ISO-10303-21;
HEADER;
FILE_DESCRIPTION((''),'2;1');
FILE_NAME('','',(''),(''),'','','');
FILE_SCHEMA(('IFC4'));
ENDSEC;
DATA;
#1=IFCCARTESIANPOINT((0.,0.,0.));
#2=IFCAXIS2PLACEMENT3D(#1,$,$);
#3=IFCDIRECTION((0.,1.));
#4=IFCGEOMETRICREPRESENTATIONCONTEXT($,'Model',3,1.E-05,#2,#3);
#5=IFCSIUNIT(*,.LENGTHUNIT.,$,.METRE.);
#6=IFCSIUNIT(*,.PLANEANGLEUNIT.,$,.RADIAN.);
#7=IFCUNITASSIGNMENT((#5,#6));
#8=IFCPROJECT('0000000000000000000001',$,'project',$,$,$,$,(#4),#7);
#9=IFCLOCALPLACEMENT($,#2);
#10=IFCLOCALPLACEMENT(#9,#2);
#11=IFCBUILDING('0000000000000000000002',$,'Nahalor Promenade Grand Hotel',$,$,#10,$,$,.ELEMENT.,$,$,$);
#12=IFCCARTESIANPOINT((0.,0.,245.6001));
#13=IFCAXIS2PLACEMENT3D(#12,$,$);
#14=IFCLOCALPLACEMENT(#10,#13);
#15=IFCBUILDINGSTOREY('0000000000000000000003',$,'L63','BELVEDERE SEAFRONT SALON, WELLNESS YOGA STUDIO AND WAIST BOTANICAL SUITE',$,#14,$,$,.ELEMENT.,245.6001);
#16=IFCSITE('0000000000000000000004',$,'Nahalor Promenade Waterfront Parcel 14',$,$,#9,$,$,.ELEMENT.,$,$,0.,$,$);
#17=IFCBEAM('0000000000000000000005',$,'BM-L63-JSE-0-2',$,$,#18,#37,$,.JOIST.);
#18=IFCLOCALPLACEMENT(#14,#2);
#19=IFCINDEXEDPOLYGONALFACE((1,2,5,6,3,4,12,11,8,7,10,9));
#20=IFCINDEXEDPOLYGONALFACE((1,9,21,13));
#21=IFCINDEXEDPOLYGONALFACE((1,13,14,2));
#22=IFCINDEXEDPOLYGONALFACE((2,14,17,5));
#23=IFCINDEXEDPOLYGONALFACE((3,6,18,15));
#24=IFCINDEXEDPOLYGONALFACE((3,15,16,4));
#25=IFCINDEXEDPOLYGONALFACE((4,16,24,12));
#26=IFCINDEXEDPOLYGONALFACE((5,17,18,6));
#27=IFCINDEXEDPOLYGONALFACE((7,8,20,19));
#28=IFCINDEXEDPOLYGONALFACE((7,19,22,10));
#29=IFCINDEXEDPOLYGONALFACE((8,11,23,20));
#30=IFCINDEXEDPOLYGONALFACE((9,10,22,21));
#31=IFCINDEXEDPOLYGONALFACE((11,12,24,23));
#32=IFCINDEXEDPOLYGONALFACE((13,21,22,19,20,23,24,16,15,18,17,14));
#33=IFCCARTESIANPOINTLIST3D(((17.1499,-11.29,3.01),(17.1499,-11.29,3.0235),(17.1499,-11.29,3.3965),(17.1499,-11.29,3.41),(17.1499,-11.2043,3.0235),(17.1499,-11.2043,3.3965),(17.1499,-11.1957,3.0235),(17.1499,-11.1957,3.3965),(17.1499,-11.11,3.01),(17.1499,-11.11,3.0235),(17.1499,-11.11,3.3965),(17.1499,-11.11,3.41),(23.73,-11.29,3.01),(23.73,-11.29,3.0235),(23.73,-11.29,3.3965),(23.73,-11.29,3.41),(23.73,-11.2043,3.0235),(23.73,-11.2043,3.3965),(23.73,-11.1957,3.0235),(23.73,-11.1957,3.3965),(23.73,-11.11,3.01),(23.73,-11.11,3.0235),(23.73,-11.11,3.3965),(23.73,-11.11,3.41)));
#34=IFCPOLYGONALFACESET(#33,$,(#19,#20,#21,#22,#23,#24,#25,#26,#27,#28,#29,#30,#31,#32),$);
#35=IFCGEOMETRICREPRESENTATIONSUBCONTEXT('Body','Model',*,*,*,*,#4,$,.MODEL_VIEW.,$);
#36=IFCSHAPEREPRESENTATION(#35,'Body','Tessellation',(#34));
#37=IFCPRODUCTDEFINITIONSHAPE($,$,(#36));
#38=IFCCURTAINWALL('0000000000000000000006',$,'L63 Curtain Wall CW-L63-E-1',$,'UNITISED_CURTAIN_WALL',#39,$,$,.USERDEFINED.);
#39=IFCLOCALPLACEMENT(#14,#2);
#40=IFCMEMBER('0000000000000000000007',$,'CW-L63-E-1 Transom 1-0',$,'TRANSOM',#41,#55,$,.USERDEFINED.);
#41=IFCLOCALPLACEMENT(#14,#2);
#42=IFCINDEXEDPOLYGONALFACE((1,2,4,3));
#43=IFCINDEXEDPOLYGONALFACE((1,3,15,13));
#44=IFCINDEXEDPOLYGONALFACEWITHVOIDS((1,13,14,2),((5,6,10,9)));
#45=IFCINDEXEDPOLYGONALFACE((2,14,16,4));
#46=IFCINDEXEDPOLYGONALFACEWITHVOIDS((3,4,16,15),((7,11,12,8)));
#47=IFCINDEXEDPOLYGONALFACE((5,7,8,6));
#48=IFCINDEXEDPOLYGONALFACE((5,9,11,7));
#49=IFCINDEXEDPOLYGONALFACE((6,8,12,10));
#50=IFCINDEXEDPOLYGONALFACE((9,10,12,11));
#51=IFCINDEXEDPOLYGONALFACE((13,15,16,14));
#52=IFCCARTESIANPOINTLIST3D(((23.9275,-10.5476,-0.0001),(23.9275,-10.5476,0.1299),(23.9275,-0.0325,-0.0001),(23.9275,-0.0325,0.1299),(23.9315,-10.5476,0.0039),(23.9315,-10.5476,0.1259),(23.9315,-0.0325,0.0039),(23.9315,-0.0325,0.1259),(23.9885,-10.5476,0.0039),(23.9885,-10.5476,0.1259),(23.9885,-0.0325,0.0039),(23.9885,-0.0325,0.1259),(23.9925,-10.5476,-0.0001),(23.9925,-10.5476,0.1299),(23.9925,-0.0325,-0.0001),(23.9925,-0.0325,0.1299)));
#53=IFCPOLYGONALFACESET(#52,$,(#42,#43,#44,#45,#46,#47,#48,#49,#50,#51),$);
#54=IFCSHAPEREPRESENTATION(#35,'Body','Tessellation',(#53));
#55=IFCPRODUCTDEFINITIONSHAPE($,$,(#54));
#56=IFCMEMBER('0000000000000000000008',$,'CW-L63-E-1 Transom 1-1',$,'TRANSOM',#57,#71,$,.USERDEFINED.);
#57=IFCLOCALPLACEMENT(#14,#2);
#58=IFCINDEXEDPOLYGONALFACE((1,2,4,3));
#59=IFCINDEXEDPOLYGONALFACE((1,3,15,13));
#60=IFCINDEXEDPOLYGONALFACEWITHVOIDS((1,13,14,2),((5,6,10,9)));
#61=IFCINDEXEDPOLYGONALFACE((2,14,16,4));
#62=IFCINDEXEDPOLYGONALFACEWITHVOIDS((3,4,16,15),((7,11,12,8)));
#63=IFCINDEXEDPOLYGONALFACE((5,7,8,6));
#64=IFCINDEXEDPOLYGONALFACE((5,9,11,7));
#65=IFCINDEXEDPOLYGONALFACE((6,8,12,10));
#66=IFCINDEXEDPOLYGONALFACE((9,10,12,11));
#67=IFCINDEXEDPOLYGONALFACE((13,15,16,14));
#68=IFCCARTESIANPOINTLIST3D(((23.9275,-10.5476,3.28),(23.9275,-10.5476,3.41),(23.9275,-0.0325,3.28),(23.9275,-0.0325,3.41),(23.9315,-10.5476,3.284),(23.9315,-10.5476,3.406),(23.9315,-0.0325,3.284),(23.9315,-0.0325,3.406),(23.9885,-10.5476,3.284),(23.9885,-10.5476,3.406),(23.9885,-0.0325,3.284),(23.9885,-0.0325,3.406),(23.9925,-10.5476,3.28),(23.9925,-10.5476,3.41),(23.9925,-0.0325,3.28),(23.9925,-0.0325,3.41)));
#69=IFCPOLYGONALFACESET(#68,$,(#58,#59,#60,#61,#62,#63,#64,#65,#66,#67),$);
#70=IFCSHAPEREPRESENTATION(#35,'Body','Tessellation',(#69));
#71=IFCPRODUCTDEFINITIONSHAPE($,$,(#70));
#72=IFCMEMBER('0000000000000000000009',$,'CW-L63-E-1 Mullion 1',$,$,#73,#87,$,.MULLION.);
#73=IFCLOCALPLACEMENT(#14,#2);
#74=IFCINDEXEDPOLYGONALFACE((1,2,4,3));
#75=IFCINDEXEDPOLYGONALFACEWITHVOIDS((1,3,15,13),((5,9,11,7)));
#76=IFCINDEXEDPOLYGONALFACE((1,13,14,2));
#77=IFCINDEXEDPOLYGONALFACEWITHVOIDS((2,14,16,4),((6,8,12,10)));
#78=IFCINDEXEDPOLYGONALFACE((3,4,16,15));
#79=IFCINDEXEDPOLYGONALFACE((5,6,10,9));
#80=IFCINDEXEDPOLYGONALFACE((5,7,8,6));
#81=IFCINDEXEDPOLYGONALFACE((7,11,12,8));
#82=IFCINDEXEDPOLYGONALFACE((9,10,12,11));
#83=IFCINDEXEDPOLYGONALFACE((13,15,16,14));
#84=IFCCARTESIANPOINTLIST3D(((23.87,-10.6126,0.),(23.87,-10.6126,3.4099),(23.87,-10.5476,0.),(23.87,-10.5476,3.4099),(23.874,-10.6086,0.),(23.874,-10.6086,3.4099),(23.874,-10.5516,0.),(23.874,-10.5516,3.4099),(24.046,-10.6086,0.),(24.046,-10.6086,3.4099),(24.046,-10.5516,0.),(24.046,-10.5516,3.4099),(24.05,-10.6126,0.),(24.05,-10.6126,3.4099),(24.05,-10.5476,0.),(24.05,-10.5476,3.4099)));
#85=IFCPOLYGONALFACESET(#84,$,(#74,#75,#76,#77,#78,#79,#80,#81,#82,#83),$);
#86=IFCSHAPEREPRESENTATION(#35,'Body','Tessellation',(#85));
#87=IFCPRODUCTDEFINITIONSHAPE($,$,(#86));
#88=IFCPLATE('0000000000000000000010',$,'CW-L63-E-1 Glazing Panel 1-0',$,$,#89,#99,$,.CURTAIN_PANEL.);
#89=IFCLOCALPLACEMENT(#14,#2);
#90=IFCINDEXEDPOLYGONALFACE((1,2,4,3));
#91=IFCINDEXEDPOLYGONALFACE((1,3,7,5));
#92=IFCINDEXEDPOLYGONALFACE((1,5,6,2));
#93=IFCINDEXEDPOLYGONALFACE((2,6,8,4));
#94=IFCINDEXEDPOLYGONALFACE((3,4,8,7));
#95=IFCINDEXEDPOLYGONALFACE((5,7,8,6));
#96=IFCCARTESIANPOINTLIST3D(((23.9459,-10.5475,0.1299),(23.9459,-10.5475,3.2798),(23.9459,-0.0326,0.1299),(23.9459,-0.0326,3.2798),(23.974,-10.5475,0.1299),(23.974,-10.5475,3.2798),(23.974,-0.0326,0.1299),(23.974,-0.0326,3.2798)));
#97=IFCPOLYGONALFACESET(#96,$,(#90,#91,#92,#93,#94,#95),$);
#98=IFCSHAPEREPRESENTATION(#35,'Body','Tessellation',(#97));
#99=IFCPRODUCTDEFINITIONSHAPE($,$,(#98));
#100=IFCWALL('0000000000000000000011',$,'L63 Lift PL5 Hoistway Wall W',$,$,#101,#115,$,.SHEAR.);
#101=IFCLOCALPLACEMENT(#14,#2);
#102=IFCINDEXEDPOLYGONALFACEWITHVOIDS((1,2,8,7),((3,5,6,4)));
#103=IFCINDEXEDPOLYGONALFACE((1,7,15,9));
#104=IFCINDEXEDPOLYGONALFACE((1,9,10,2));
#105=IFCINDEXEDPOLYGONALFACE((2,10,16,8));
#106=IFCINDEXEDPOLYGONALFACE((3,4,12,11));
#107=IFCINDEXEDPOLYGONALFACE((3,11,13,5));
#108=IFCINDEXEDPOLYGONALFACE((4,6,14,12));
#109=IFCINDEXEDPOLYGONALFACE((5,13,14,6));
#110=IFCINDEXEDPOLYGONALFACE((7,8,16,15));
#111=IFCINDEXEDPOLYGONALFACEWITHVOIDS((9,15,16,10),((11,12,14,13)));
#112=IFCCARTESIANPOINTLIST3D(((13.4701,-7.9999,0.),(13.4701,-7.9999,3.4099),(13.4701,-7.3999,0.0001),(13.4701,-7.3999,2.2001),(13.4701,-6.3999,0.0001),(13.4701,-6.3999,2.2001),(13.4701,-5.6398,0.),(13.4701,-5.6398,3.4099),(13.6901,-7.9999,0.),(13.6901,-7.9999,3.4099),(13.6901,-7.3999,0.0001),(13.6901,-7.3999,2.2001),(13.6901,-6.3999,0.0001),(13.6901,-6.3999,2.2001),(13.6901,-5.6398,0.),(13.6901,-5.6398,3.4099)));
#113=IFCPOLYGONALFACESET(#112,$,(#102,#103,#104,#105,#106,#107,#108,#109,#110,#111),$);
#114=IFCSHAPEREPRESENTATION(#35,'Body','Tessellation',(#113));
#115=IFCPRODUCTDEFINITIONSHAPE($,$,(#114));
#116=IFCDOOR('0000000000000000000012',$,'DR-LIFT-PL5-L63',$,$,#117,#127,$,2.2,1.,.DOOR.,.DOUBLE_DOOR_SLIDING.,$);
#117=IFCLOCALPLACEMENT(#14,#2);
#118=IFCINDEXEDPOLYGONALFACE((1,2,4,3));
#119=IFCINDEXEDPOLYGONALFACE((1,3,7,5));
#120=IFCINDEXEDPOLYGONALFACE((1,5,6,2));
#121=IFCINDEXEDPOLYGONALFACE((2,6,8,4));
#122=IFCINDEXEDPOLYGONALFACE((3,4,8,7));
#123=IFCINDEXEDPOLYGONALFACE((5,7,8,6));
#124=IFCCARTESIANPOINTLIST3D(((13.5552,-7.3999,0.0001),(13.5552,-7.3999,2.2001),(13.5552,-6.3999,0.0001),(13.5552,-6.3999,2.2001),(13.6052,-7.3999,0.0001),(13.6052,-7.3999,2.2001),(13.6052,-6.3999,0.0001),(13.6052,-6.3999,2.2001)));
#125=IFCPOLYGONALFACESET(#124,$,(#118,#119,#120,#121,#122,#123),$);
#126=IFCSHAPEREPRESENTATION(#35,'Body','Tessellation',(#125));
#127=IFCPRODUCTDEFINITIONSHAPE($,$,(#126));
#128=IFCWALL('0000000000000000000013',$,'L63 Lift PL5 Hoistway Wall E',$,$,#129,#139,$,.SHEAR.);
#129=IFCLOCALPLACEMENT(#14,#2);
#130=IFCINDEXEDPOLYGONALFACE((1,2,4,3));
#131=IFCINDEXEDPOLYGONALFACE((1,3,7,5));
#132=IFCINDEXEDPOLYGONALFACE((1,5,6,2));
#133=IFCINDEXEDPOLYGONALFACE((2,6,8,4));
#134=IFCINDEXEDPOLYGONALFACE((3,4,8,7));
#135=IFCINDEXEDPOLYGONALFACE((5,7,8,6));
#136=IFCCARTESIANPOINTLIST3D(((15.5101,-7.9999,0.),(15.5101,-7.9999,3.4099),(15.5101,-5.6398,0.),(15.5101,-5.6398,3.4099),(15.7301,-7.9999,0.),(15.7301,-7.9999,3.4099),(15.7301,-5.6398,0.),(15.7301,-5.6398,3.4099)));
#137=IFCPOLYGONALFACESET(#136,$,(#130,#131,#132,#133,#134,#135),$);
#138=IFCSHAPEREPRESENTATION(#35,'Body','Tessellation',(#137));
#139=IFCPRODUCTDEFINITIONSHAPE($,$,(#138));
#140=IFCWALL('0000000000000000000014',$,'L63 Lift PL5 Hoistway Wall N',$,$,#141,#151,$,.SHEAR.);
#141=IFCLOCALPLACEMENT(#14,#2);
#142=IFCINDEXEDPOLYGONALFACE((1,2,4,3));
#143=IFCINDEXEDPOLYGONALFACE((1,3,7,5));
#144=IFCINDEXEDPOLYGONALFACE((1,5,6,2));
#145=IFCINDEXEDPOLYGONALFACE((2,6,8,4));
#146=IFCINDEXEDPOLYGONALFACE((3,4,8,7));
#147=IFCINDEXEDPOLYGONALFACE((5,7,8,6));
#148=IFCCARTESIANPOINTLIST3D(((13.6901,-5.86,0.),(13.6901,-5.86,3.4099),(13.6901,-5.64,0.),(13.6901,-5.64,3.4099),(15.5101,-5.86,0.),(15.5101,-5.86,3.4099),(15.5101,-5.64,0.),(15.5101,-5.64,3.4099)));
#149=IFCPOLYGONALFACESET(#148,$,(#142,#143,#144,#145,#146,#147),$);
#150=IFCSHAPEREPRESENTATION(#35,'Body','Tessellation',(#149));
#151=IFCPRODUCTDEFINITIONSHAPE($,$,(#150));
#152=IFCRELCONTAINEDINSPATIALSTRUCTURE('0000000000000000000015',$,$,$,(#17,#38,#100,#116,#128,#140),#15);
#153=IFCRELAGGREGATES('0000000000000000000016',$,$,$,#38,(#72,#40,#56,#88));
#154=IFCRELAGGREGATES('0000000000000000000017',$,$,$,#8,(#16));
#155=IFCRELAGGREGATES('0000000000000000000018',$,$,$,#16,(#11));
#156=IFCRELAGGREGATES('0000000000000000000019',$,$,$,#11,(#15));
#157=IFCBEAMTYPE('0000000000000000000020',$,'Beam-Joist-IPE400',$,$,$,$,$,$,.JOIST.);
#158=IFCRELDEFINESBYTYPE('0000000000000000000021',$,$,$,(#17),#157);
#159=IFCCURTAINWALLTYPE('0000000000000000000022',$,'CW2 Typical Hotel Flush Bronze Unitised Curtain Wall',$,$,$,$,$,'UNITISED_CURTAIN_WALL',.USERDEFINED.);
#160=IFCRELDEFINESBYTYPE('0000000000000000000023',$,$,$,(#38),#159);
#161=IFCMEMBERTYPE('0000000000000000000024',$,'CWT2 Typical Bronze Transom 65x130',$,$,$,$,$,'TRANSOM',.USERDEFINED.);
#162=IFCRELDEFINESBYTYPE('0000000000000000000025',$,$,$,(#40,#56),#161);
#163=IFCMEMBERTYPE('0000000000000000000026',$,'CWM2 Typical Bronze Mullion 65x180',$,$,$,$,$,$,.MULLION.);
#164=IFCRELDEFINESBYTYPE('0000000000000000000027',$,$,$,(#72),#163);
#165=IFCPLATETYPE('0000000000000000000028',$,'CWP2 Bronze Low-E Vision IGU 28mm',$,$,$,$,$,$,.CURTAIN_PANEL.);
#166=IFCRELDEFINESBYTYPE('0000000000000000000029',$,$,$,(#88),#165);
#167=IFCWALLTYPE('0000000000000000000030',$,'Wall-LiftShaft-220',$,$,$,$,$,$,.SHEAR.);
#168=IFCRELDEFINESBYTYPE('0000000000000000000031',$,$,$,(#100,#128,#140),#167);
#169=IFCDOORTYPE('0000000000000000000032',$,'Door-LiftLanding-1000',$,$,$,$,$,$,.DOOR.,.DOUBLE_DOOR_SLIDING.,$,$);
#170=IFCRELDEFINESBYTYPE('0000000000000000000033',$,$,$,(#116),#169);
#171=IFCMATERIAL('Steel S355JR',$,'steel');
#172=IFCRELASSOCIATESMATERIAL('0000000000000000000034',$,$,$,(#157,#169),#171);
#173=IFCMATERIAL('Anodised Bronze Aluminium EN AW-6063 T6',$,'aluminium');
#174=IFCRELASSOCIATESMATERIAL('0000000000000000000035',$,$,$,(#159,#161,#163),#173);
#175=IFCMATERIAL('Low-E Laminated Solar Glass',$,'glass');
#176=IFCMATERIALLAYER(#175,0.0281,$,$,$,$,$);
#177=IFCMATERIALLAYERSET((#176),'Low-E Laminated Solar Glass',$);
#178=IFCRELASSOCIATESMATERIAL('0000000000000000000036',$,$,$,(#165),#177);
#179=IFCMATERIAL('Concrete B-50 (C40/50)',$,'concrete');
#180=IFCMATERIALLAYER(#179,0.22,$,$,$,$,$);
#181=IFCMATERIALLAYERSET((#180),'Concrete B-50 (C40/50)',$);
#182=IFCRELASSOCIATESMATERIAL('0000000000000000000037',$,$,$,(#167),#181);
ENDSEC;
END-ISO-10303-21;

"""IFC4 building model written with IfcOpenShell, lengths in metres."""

from ifc_helpers import new_model, si_unit, direction, frame, frame_2d, origin, origin_2d, place, context, subcontext, project, spatial, rectangle, hollow_rectangle, i_section, extrude, source, transform, mapped, material, layer, layer_set, material_profile, profile_set, type_object, element, fill, aggregate, save


model = new_model("IFC4")

# Units and contexts
model_context = context("Model", 3, precision=1e-05, world=origin(), true_north=direction((0.0, 1.0)))
body_context = subcontext(model_context, "Body", "Model", "MODEL_VIEW")
ifc_project = project(units=[si_unit("LENGTHUNIT", "METRE"), si_unit("PLANEANGLEUNIT", "RADIAN")], contexts=[model_context])

# Site, building, storey
site_placement = place(None, origin())
site = spatial("IfcSite", under=ifc_project, at=site_placement, Name="Nahalor Promenade Waterfront Parcel 14", CompositionType="ELEMENT", RefElevation=0.0)
building_placement = place(site_placement, origin())
building = spatial("IfcBuilding", under=site, at=building_placement, Name="Nahalor Promenade Grand Hotel", CompositionType="ELEMENT")
storey_placement = place(building_placement, frame((0.0, 0.0, 245.6001)))
storey = spatial("IfcBuildingStorey", under=building, at=storey_placement, Name="L63", Description="BELVEDERE SEAFRONT SALON, WELLNESS YOGA STUDIO AND WAIST BOTANICAL SUITE", CompositionType="ELEMENT", Elevation=245.6001)

# Shared definitions
ifc_material_1 = material(Name="Steel S355JR", Category="steel")

# Beam
ifc_material_profile_1 = material_profile(ifc_material_1, i_section(OverallWidth=0.18, OverallDepth=0.4, WebThickness=0.0086, FlangeThickness=0.0135, at=origin_2d()), Name="IPE 400")
ifc_profile_set_1 = profile_set([ifc_material_profile_1], Name="Steel S355JR")
beam_type_1 = type_object("IfcBeamType", Name="Beam-Joist-IPE400", PredefinedType="JOIST", material=ifc_profile_set_1)
shared_shape_1 = source(origin(), body_context, "Body", "SweptSolid", [
    extrude(i_section(OverallWidth=0.18, OverallDepth=0.4, WebThickness=0.0086, FlangeThickness=0.0135, at=origin_2d()), origin(), (0.0, 0.0, 1.0), 6.5801),
])
beam_1_placement = place(storey_placement, frame((17.1499, -11.2, 3.21), z_axis=(1.0, 0.0, 0.0), x_axis=(0.0, 1.0, 0.0)))
element("IfcBeam", 1, at=beam_1_placement, inside=storey, type_object=beam_type_1, Name="BM-L63-JSE-0-2", PredefinedType="JOIST", context=body_context, shape_type="MappedRepresentation", body=[
    mapped(shared_shape_1, transform((0.0, 0.0, 0.0), scale=1.0)),
])

# Curtain wall, members, plate
ifc_material_2 = material(Name="Anodised Bronze Aluminium EN AW-6063 T6", Category="aluminium")
curtain_wall_type = type_object("IfcCurtainWallType", Name="CW2 Typical Hotel Flush Bronze Unitised Curtain Wall", ElementType="UNITISED_CURTAIN_WALL", PredefinedType="USERDEFINED", material=ifc_material_2)
curtain_wall_placement = place(storey_placement, origin())
curtain_wall = element("IfcCurtainWall", 2, at=curtain_wall_placement, inside=storey, type_object=curtain_wall_type, Name="L63 Curtain Wall CW-L63-E-1", ObjectType="UNITISED_CURTAIN_WALL", PredefinedType="USERDEFINED")
ifc_material_profile_2 = material_profile(ifc_material_2, hollow_rectangle(XDim=0.065, YDim=0.13, WallThickness=0.004, at=origin_2d()), Name="CWT 65x130x4")
ifc_profile_set_2 = profile_set([ifc_material_profile_2], Name="Anodised Bronze Aluminium EN AW-6063 T6")
member_type_1 = type_object("IfcMemberType", Name="CWT2 Typical Bronze Transom 65x130", ElementType="TRANSOM", PredefinedType="USERDEFINED", material=ifc_profile_set_2)
shared_shape_2 = source(origin(), body_context, "Body", "SweptSolid", [
    extrude(hollow_rectangle(XDim=0.065, YDim=0.13, WallThickness=0.004, at=origin_2d()), origin(), (0.0, 0.0, 1.0), 10.5151),
])
member_1_placement = place(storey_placement, frame((23.96, -10.5476, 0.0649), z_axis=(0.0, 1.0, 0.0), x_axis=(-1.0, 0.0, 0.0)))
member_1 = element("IfcMember", 3, at=member_1_placement, type_object=member_type_1, Name="CW-L63-E-1 Transom 1-0", ObjectType="TRANSOM", PredefinedType="USERDEFINED", context=body_context, shape_type="MappedRepresentation", body=[
    mapped(shared_shape_2, transform((0.0, 0.0, 0.0), scale=1.0)),
])
member_2_placement = place(storey_placement, frame((23.96, -10.5476, 3.345), z_axis=(0.0, 1.0, 0.0), x_axis=(-1.0, 0.0, 0.0)))
member_2 = element("IfcMember", 4, at=member_2_placement, type_object=member_type_1, Name="CW-L63-E-1 Transom 1-1", ObjectType="TRANSOM", PredefinedType="USERDEFINED", context=body_context, shape_type="MappedRepresentation", body=[
    mapped(shared_shape_2, transform((0.0, 0.0, 0.0), scale=1.0)),
])
ifc_material_profile_3 = material_profile(ifc_material_2, hollow_rectangle(XDim=0.065, YDim=0.18, WallThickness=0.004, at=origin_2d()), Name="CWM 65x180x4")
ifc_profile_set_3 = profile_set([ifc_material_profile_3], Name="Anodised Bronze Aluminium EN AW-6063 T6")
member_type_2 = type_object("IfcMemberType", Name="CWM2 Typical Bronze Mullion 65x180", PredefinedType="MULLION", material=ifc_profile_set_3)
shared_shape_3 = source(origin(), body_context, "Body", "SweptSolid", [
    extrude(hollow_rectangle(XDim=0.065, YDim=0.18, WallThickness=0.004, at=origin_2d()), origin(), (0.0, 0.0, 1.0), 3.4099),
])
member_3_placement = place(storey_placement, frame((23.96, -10.5801, 0.0), z_axis=(0.0, 0.0, 1.0), x_axis=(0.0, 1.0, 0.0)))
member_3 = element("IfcMember", 5, at=member_3_placement, type_object=member_type_2, Name="CW-L63-E-1 Mullion 1", PredefinedType="MULLION", context=body_context, shape_type="MappedRepresentation", body=[
    mapped(shared_shape_3, transform((0.0, 0.0, 0.0), scale=1.0)),
])
ifc_material_3 = material(Name="Low-E Laminated Solar Glass", Category="glass")
ifc_layer_1 = layer(ifc_material_3, 0.0281)
ifc_layer_set_1 = layer_set([ifc_layer_1], Name="Low-E Laminated Solar Glass")
plate_type = type_object("IfcPlateType", Name="CWP2 Bronze Low-E Vision IGU 28mm", PredefinedType="CURTAIN_PANEL", material=ifc_layer_set_1)
shared_shape_4 = source(origin(), body_context, "Body", "SweptSolid", [
    extrude(rectangle(XDim=10.5149, YDim=0.0281, at=origin_2d()), origin(), (0.0, 0.0, 1.0), 3.1499),
])
plate_placement = place(storey_placement, frame((23.96, -5.29, 0.1299), z_axis=(0.0, 0.0, 1.0), x_axis=(0.0, 1.0, 0.0)))
plate = element("IfcPlate", 6, at=plate_placement, type_object=plate_type, Name="CW-L63-E-1 Glazing Panel 1-0", PredefinedType="CURTAIN_PANEL", context=body_context, shape_type="MappedRepresentation", body=[
    mapped(shared_shape_4, transform((0.0, 0.0, 0.0), scale=1.0)),
])
aggregate(curtain_wall, [member_3, member_1, member_2, plate])

# Wall, opening, door
ifc_material_4 = material(Name="Concrete B-50 (C40/50)", Category="concrete")
ifc_layer_2 = layer(ifc_material_4, 0.22)
ifc_layer_set_2 = layer_set([ifc_layer_2], Name="Concrete B-50 (C40/50)")
wall_type_1 = type_object("IfcWallType", Name="Wall-LiftShaft-220", PredefinedType="SHEAR", material=ifc_layer_set_2)
shared_shape_5 = source(origin(), body_context, "Body", "SweptSolid", [
    extrude(rectangle(XDim=2.3601, YDim=0.22, at=frame_2d((1.1802, 0.0))), origin(), (0.0, 0.0, 1.0), 3.4099),
])
wall_1_placement = place(storey_placement, frame((13.5801, -8.0, 0.0), z_axis=(0.0, 0.0, 1.0), x_axis=(0.0, 1.0, 0.0)))
wall_1 = element("IfcWall", 7, at=wall_1_placement, inside=storey, type_object=wall_type_1, Name="L63 Lift PL5 Hoistway Wall W", PredefinedType="SHEAR", context=body_context, shape_type="MappedRepresentation", body=[
    mapped(shared_shape_5, transform((0.0, 0.0, 0.0), scale=1.0)),
])
opening_1_placement = place(wall_1_placement, frame((0.6001, 0.0, 0.0)))
opening_1 = element("IfcOpeningElement", 8, at=opening_1_placement, cuts=wall_1, PredefinedType="OPENING", context=body_context, shape_type="SweptSolid", body=[
    extrude(rectangle(XDim=1.0, YDim=2.2, at=frame_2d((0.5, 1.1001))), frame((0.0, 0.1199, 0.0), z_axis=(0.0, -1.0, 0.0), x_axis=(1.0, 0.0, 0.0)), (0.0, 0.0, 1.0), 0.24),
])
door_type_1 = type_object("IfcDoorType", Name="Door-LiftLanding-1000", OperationType="DOUBLE_DOOR_SLIDING", PredefinedType="DOOR", material=ifc_material_1)
shared_shape_6 = source(origin(), body_context, "Body", "SweptSolid", [
    extrude(rectangle(XDim=1.0, YDim=2.2, at=frame_2d((0.5, 1.1001))), frame((0.0, 0.0249, 0.0), z_axis=(0.0, -1.0, 0.0), x_axis=(1.0, 0.0, 0.0)), (0.0, 0.0, 1.0), 0.05),
])
door_1_placement = place(opening_1_placement, origin())
door_1 = element("IfcDoor", 9, at=door_1_placement, inside=storey, type_object=door_type_1, Name="DR-LIFT-PL5-L63", OperationType="DOUBLE_DOOR_SLIDING", OverallHeight=2.2, OverallWidth=1.0, PredefinedType="DOOR", context=body_context, shape_type="MappedRepresentation", body=[
    mapped(shared_shape_6, transform((0.0, 0.0, 0.0), scale=1.0)),
])
fill(opening_1, door_1)

# Walls
wall_2_placement = place(storey_placement, frame((15.6201, -8.0, 0.0), z_axis=(0.0, 0.0, 1.0), x_axis=(0.0, 1.0, 0.0)))
element("IfcWall", 10, at=wall_2_placement, inside=storey, type_object=wall_type_1, Name="L63 Lift PL5 Hoistway Wall E", PredefinedType="SHEAR", context=body_context, shape_type="MappedRepresentation", body=[
    mapped(shared_shape_5, transform((0.0, 0.0, 0.0), scale=1.0)),
])
shared_shape_7 = source(origin(), body_context, "Body", "SweptSolid", [
    extrude(rectangle(XDim=1.8201, YDim=0.22, at=frame_2d((0.9102, 0.0))), origin(), (0.0, 0.0, 1.0), 3.4099),
])
wall_3_placement = place(storey_placement, frame((13.6899, -5.75, 0.0), z_axis=(0.0, 0.0, 1.0), x_axis=(1.0, 0.0, 0.0)))
element("IfcWall", 11, at=wall_3_placement, inside=storey, type_object=wall_type_1, Name="L63 Lift PL5 Hoistway Wall N", PredefinedType="SHEAR", context=body_context, shape_type="MappedRepresentation", body=[
    mapped(shared_shape_7, transform((0.0, 0.0, 0.0), scale=1.0)),
])

save(model, "model.ifc")
